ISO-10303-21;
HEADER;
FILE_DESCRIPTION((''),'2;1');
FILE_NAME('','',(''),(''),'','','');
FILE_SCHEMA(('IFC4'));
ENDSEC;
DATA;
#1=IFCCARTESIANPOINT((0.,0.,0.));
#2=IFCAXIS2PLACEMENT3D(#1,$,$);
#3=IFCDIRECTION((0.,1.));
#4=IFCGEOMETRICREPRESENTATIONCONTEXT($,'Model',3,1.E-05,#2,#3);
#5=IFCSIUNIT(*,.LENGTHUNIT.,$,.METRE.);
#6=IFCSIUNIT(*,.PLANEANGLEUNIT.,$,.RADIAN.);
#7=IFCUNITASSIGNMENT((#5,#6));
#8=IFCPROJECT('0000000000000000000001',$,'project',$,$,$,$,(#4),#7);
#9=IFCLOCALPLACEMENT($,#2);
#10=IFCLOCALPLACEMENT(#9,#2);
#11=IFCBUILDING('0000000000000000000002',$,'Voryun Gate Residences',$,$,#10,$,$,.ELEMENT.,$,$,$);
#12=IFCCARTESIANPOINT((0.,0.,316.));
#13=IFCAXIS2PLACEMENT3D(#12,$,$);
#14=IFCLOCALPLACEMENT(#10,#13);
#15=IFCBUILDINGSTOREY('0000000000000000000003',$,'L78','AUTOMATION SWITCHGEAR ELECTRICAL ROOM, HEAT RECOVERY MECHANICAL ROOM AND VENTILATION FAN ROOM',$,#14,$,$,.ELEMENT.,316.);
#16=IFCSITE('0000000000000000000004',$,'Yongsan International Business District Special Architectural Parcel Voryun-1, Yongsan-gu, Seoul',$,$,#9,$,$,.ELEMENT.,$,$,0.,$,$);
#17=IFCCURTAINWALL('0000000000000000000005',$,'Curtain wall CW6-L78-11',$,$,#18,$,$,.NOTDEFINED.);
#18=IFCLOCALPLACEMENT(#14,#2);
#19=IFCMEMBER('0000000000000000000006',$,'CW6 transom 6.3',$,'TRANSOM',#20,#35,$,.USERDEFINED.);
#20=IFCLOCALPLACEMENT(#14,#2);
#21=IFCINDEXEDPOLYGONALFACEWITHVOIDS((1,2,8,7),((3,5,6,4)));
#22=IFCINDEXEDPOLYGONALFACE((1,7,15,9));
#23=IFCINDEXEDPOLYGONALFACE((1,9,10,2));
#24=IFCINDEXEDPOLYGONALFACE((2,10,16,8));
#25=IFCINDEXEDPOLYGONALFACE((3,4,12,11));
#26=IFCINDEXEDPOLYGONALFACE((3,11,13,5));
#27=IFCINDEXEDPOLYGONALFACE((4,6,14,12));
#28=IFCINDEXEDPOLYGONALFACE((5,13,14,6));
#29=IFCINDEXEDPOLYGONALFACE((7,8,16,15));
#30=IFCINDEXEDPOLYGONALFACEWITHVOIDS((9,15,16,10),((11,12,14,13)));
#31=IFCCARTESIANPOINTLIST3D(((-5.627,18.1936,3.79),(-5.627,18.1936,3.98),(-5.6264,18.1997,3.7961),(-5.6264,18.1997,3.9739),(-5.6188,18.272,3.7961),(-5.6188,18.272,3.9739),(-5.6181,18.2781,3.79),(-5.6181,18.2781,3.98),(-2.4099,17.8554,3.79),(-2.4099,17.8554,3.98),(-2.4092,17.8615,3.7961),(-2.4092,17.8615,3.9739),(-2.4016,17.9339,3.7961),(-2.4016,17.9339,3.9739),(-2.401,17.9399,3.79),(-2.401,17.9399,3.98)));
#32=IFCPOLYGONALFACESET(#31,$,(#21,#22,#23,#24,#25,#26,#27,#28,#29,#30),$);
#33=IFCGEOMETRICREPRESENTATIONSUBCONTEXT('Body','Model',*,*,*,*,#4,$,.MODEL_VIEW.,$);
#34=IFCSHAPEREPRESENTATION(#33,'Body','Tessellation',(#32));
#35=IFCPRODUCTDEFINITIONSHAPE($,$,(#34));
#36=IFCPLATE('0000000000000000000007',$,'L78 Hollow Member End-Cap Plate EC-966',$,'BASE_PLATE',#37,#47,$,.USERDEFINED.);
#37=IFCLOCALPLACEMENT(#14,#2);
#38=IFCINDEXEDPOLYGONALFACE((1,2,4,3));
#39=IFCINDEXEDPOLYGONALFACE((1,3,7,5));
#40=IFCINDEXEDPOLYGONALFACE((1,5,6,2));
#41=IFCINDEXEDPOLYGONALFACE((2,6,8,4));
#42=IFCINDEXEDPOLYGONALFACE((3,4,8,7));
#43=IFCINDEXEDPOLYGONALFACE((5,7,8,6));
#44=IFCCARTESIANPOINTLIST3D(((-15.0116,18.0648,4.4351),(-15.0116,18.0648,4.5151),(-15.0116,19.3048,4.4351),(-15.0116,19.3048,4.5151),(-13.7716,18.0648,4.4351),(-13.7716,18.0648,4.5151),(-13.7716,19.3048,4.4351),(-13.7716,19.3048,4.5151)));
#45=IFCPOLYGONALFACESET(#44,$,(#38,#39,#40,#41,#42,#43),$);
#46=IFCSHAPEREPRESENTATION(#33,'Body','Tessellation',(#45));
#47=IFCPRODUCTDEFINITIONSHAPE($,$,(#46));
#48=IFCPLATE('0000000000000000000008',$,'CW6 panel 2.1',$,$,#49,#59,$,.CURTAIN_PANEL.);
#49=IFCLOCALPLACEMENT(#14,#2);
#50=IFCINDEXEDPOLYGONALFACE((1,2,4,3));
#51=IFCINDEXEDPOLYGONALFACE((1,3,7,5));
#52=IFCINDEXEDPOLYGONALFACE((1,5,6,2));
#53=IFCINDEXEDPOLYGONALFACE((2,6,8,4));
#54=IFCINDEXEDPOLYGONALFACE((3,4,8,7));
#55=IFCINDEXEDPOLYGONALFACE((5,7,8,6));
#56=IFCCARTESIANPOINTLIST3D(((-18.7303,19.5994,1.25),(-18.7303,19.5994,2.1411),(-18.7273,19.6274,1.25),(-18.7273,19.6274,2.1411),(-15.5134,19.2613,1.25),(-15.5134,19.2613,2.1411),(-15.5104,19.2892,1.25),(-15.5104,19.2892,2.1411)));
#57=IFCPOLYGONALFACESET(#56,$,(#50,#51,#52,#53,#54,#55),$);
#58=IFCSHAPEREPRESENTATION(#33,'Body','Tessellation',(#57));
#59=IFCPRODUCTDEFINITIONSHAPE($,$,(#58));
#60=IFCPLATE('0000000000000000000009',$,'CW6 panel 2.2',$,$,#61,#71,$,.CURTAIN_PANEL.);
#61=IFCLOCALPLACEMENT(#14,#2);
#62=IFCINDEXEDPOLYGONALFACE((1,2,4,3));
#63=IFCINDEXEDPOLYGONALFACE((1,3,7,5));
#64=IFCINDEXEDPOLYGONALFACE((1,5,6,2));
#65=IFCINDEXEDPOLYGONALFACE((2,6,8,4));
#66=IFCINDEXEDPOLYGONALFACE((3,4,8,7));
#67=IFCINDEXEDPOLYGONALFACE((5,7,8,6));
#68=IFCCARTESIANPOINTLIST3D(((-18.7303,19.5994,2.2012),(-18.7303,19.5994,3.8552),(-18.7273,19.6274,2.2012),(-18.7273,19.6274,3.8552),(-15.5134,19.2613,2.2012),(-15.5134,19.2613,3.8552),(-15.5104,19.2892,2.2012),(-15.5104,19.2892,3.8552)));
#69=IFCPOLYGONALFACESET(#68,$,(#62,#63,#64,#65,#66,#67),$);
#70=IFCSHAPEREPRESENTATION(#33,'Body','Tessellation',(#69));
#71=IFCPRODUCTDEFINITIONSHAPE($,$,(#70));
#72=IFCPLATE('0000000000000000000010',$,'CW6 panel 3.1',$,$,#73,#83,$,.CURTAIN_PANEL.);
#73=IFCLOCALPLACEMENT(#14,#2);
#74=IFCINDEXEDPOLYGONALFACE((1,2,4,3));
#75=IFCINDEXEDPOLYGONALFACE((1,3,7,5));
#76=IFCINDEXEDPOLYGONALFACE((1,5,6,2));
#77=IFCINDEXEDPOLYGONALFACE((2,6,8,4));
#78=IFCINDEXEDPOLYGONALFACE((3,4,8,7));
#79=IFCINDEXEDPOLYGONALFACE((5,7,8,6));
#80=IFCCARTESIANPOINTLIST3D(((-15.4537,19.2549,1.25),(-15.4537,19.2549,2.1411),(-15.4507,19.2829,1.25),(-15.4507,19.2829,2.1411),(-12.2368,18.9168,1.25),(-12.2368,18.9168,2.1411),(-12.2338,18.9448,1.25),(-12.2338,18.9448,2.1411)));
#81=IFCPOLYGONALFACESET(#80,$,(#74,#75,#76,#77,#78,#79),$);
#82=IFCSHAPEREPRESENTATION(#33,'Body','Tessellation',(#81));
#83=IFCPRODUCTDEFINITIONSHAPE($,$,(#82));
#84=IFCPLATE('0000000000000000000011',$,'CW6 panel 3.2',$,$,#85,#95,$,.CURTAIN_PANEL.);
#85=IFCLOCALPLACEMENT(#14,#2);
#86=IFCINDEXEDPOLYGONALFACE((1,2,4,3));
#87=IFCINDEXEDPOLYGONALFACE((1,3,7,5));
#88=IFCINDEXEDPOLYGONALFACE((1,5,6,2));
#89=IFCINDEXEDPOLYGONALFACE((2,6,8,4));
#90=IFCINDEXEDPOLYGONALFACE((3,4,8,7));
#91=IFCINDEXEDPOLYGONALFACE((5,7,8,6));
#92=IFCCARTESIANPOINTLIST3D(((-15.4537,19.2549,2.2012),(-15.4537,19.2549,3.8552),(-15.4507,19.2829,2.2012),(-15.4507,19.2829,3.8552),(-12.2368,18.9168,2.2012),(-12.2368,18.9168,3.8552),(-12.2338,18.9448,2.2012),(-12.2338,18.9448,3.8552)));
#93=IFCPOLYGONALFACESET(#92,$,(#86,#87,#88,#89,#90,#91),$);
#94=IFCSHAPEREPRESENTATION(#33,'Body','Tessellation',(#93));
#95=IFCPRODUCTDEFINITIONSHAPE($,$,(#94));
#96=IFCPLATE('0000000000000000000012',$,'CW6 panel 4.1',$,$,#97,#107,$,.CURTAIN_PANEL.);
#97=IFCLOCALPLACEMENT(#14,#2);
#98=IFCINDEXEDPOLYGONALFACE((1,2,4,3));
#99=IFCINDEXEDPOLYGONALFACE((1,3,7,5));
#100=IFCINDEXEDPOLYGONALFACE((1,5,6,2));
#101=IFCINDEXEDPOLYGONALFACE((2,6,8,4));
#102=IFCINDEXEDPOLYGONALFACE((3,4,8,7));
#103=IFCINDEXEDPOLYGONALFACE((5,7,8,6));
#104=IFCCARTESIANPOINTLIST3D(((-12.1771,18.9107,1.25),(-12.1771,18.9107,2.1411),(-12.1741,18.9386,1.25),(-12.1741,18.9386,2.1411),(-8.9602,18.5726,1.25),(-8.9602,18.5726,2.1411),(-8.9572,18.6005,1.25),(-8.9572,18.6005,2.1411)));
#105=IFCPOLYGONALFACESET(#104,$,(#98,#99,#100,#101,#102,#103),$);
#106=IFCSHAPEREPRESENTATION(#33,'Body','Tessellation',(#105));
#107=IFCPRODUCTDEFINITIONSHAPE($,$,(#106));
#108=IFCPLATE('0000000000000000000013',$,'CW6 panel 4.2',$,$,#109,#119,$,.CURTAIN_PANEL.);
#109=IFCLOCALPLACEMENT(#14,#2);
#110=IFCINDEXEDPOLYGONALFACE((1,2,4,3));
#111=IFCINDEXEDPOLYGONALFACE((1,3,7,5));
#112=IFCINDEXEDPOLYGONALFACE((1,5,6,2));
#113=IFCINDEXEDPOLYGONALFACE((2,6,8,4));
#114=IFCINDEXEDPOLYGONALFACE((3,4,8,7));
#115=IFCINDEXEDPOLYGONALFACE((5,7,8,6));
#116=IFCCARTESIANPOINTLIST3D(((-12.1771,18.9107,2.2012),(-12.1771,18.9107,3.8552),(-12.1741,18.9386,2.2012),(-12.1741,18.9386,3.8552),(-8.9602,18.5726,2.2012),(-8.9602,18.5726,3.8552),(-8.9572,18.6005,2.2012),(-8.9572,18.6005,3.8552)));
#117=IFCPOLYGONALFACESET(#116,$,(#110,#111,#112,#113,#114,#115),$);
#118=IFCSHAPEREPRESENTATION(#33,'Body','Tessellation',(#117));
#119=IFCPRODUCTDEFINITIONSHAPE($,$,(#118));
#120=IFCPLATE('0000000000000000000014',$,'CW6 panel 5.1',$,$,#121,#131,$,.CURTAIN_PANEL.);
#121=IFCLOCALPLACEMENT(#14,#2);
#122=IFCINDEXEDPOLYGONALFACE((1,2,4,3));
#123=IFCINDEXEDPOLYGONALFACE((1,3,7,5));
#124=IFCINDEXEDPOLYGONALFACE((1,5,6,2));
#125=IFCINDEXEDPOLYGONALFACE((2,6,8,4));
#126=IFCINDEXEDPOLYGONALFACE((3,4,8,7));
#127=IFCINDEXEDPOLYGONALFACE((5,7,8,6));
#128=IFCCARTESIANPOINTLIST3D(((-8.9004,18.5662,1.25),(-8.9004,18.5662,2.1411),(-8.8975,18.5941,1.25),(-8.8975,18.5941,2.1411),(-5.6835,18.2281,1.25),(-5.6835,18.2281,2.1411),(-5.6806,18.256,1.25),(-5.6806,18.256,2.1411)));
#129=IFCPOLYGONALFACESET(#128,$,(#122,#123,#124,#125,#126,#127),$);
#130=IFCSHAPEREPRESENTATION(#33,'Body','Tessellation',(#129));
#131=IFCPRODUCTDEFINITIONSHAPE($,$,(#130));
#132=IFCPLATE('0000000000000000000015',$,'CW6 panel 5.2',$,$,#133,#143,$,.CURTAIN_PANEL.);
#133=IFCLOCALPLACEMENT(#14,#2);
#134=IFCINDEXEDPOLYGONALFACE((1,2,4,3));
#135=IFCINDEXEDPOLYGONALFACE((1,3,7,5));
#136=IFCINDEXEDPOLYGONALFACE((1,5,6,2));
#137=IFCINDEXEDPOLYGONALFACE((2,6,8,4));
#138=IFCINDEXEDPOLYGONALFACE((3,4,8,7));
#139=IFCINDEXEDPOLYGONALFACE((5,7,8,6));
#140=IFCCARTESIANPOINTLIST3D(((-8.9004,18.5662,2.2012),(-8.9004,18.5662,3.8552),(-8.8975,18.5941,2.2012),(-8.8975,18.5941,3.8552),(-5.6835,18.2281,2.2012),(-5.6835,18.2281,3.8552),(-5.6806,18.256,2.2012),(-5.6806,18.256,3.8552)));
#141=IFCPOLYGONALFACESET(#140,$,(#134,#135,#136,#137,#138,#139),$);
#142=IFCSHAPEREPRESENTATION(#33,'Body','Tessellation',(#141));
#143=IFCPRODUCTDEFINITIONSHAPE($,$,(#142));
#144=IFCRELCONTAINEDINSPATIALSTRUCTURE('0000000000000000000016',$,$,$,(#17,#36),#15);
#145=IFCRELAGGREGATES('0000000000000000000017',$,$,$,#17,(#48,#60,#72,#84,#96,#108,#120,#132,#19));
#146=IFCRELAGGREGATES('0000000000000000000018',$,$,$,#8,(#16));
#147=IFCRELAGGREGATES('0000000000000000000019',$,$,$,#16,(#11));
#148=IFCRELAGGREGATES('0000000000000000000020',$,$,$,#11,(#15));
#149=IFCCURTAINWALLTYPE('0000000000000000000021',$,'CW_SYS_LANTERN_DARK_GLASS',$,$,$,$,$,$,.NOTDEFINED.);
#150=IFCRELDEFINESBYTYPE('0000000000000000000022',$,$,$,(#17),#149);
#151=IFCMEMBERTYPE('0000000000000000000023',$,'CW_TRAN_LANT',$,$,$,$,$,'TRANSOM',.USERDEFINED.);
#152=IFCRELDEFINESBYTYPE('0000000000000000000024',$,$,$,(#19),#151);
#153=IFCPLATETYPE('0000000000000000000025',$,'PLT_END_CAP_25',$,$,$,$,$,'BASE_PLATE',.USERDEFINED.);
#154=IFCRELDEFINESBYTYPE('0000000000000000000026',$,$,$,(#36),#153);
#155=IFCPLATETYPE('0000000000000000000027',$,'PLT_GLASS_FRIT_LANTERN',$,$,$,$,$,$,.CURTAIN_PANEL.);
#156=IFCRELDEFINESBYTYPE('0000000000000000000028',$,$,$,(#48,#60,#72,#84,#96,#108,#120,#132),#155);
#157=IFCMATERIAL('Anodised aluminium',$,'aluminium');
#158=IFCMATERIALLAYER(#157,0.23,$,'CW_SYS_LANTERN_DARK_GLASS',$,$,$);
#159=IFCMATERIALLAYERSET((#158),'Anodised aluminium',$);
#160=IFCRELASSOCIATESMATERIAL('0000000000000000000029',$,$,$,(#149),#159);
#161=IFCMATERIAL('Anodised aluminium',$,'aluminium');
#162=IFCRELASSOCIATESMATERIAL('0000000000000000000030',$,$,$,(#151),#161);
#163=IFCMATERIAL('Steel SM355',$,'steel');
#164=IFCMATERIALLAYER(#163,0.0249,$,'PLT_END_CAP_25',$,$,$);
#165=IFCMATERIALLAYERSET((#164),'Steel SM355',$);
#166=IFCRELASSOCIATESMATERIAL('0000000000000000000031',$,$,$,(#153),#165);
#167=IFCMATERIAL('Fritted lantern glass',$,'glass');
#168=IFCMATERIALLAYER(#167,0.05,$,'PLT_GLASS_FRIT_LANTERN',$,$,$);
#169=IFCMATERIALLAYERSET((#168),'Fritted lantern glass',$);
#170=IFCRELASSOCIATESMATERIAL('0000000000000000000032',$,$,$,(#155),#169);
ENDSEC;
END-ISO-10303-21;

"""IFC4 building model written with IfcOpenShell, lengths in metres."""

from ifc_helpers import new_model, si_unit, direction, frame, origin, origin_2d, place, context, subcontext, project, spatial, rectangle, hollow_rectangle, extrude, material, layer, layer_set, material_profile, profile_set, type_object, element, aggregate, save


model = new_model("IFC4")

# Units and contexts
model_context = context("Model", 3, precision=1e-05, world=origin(), true_north=direction((0.0, 1.0)))
body_context = subcontext(model_context, "Body", "Model", "MODEL_VIEW")
ifc_project = project(units=[si_unit("LENGTHUNIT", "METRE"), si_unit("PLANEANGLEUNIT", "RADIAN")], contexts=[model_context])

# Site, building, storey
site_placement = place(None, origin())
site = spatial("IfcSite", under=ifc_project, at=site_placement, Name="Yongsan International Business District Special Architectural Parcel Voryun-1, Yongsan-gu, Seoul", CompositionType="ELEMENT", RefElevation=0.0)
building_placement = place(site_placement, origin())
building = spatial("IfcBuilding", under=site, at=building_placement, Name="Voryun Gate Residences", CompositionType="ELEMENT")
storey_placement = place(building_placement, frame((0.0, 0.0, 316.0)))
storey = spatial("IfcBuildingStorey", under=building, at=storey_placement, Name="L78", Description="AUTOMATION SWITCHGEAR ELECTRICAL ROOM, HEAT RECOVERY MECHANICAL ROOM AND VENTILATION FAN ROOM", CompositionType="ELEMENT", Elevation=316.0)

# Curtain wall, member
ifc_material_1 = material(Name="Anodised aluminium", Category="aluminium")
ifc_layer_1 = layer(ifc_material_1, 0.23, Name="CW_SYS_LANTERN_DARK_GLASS")
ifc_layer_set_1 = layer_set([ifc_layer_1], Name="Anodised aluminium")
curtain_wall_type = type_object("IfcCurtainWallType", Name="CW_SYS_LANTERN_DARK_GLASS", PredefinedType="NOTDEFINED", material=ifc_layer_set_1)
curtain_wall_placement = place(storey_placement, origin())
curtain_wall = element("IfcCurtainWall", 1, at=curtain_wall_placement, inside=storey, type_object=curtain_wall_type, Name="Curtain wall CW6-L78-11", PredefinedType="NOTDEFINED")
ifc_material_2 = material(Name="Anodised aluminium", Category="aluminium")
ifc_material_profile_1 = material_profile(ifc_material_2, hollow_rectangle(XDim=0.085, YDim=0.1899, WallThickness=0.0061, at=origin_2d()), Name="ALU-TRAN-190x85x6")
ifc_profile_set_1 = profile_set([ifc_material_profile_1], Name="Anodised aluminium")
member_type_1 = type_object("IfcMemberType", Name="CW_TRAN_LANT", ElementType="TRANSOM", PredefinedType="USERDEFINED", material=ifc_profile_set_1)
member_1_placement = place(storey_placement, frame((-5.6226, 18.2358, 3.885), z_axis=(0.994522, -0.104532, 0.0), x_axis=(0.104532, 0.994522, 0.0)))
member_1 = element("IfcMember", 2, at=member_1_placement, type_object=member_type_1, Name="CW6 transom 6.3", ObjectType="TRANSOM", PredefinedType="USERDEFINED", context=body_context, shape_type="SweptSolid", body=[
    extrude(hollow_rectangle(XDim=0.085, YDim=0.1899, WallThickness=0.0061, at=origin_2d()), origin(), (0.0, 0.0, 1.0), 3.2349),
])

# Plates
ifc_material_3 = material(Name="Steel SM355", Category="steel")
ifc_layer_2 = layer(ifc_material_3, 0.0249, Name="PLT_END_CAP_25")
ifc_layer_set_2 = layer_set([ifc_layer_2], Name="Steel SM355")
plate_type_1 = type_object("IfcPlateType", Name="PLT_END_CAP_25", ElementType="BASE_PLATE", PredefinedType="USERDEFINED", material=ifc_layer_set_2)
plate_1_placement = place(storey_placement, frame((-14.3916, 18.6848, 4.4351), z_axis=(0.0, 0.0, 1.0), x_axis=(1.0, 0.0, 0.0)))
element("IfcPlate", 3, at=plate_1_placement, inside=storey, type_object=plate_type_1, Name="L78 Hollow Member End-Cap Plate EC-966", ObjectType="BASE_PLATE", PredefinedType="USERDEFINED", context=body_context, shape_type="SweptSolid", body=[
    extrude(rectangle(XDim=1.24, YDim=1.24, at=origin_2d()), origin(), (0.0, 0.0, 1.0), 0.0801),
])
ifc_material_4 = material(Name="Fritted lantern glass", Category="glass")
ifc_layer_3 = layer(ifc_material_4, 0.05, Name="PLT_GLASS_FRIT_LANTERN")
ifc_layer_set_3 = layer_set([ifc_layer_3], Name="Fritted lantern glass")
plate_type_2 = type_object("IfcPlateType", Name="PLT_GLASS_FRIT_LANTERN", PredefinedType="CURTAIN_PANEL", material=ifc_layer_set_3)
plate_2_placement = place(storey_placement, frame((-17.1204, 19.4443, 1.25), z_axis=(0.0, 0.0, 1.0), x_axis=(0.994522, -0.104528, 0.0)))
plate_2 = element("IfcPlate", 4, at=plate_2_placement, type_object=plate_type_2, Name="CW6 panel 2.1", PredefinedType="CURTAIN_PANEL", context=body_context, shape_type="SweptSolid", body=[
    extrude(rectangle(XDim=3.2346, YDim=0.0281, at=origin_2d()), origin(), (0.0, 0.0, 1.0), 0.8911),
])
plate_3_placement = place(storey_placement, frame((-17.1204, 19.4443, 2.2012), z_axis=(0.0, 0.0, 1.0), x_axis=(0.994522, -0.104528, 0.0)))
plate_3 = element("IfcPlate", 5, at=plate_3_placement, type_object=plate_type_2, Name="CW6 panel 2.2", PredefinedType="CURTAIN_PANEL", context=body_context, shape_type="SweptSolid", body=[
    extrude(rectangle(XDim=3.2346, YDim=0.0281, at=origin_2d()), origin(), (0.0, 0.0, 1.0), 1.6541),
])
plate_4_placement = place(storey_placement, frame((-13.8438, 19.0999, 1.25), z_axis=(0.0, 0.0, 1.0), x_axis=(0.994522, -0.104528, 0.0)))
plate_4 = element("IfcPlate", 6, at=plate_4_placement, type_object=plate_type_2, Name="CW6 panel 3.1", PredefinedType="CURTAIN_PANEL", context=body_context, shape_type="SweptSolid", body=[
    extrude(rectangle(XDim=3.2346, YDim=0.0281, at=origin_2d()), origin(), (0.0, 0.0, 1.0), 0.8911),
])
plate_5_placement = place(storey_placement, frame((-13.8438, 19.0999, 2.2012), z_axis=(0.0, 0.0, 1.0), x_axis=(0.994522, -0.104528, 0.0)))
plate_5 = element("IfcPlate", 7, at=plate_5_placement, type_object=plate_type_2, Name="CW6 panel 3.2", PredefinedType="CURTAIN_PANEL", context=body_context, shape_type="SweptSolid", body=[
    extrude(rectangle(XDim=3.2346, YDim=0.0281, at=origin_2d()), origin(), (0.0, 0.0, 1.0), 1.6541),
])
plate_6_placement = place(storey_placement, frame((-10.5671, 18.7556, 1.25), z_axis=(0.0, 0.0, 1.0), x_axis=(0.994522, -0.104528, 0.0)))
plate_6 = element("IfcPlate", 8, at=plate_6_placement, type_object=plate_type_2, Name="CW6 panel 4.1", PredefinedType="CURTAIN_PANEL", context=body_context, shape_type="SweptSolid", body=[
    extrude(rectangle(XDim=3.2346, YDim=0.0281, at=origin_2d()), origin(), (0.0, 0.0, 1.0), 0.8911),
])
plate_7_placement = place(storey_placement, frame((-10.5671, 18.7556, 2.2012), z_axis=(0.0, 0.0, 1.0), x_axis=(0.994522, -0.104528, 0.0)))
plate_7 = element("IfcPlate", 9, at=plate_7_placement, type_object=plate_type_2, Name="CW6 panel 4.2", PredefinedType="CURTAIN_PANEL", context=body_context, shape_type="SweptSolid", body=[
    extrude(rectangle(XDim=3.2346, YDim=0.0281, at=origin_2d()), origin(), (0.0, 0.0, 1.0), 1.6541),
])
plate_8_placement = place(storey_placement, frame((-7.2905, 18.4111, 1.25), z_axis=(0.0, 0.0, 1.0), x_axis=(0.994522, -0.104528, 0.0)))
plate_8 = element("IfcPlate", 10, at=plate_8_placement, type_object=plate_type_2, Name="CW6 panel 5.1", PredefinedType="CURTAIN_PANEL", context=body_context, shape_type="SweptSolid", body=[
    extrude(rectangle(XDim=3.2346, YDim=0.0281, at=origin_2d()), origin(), (0.0, 0.0, 1.0), 0.8911),
])
plate_9_placement = place(storey_placement, frame((-7.2905, 18.4111, 2.2012), z_axis=(0.0, 0.0, 1.0), x_axis=(0.994522, -0.104528, 0.0)))
plate_9 = element("IfcPlate", 11, at=plate_9_placement, type_object=plate_type_2, Name="CW6 panel 5.2", PredefinedType="CURTAIN_PANEL", context=body_context, shape_type="SweptSolid", body=[
    extrude(rectangle(XDim=3.2346, YDim=0.0281, at=origin_2d()), origin(), (0.0, 0.0, 1.0), 1.6541),
])
aggregate(curtain_wall, [plate_2, plate_3, plate_4, plate_5, plate_6, plate_7, plate_8, plate_9, member_1])

save(model, "model.ifc")
